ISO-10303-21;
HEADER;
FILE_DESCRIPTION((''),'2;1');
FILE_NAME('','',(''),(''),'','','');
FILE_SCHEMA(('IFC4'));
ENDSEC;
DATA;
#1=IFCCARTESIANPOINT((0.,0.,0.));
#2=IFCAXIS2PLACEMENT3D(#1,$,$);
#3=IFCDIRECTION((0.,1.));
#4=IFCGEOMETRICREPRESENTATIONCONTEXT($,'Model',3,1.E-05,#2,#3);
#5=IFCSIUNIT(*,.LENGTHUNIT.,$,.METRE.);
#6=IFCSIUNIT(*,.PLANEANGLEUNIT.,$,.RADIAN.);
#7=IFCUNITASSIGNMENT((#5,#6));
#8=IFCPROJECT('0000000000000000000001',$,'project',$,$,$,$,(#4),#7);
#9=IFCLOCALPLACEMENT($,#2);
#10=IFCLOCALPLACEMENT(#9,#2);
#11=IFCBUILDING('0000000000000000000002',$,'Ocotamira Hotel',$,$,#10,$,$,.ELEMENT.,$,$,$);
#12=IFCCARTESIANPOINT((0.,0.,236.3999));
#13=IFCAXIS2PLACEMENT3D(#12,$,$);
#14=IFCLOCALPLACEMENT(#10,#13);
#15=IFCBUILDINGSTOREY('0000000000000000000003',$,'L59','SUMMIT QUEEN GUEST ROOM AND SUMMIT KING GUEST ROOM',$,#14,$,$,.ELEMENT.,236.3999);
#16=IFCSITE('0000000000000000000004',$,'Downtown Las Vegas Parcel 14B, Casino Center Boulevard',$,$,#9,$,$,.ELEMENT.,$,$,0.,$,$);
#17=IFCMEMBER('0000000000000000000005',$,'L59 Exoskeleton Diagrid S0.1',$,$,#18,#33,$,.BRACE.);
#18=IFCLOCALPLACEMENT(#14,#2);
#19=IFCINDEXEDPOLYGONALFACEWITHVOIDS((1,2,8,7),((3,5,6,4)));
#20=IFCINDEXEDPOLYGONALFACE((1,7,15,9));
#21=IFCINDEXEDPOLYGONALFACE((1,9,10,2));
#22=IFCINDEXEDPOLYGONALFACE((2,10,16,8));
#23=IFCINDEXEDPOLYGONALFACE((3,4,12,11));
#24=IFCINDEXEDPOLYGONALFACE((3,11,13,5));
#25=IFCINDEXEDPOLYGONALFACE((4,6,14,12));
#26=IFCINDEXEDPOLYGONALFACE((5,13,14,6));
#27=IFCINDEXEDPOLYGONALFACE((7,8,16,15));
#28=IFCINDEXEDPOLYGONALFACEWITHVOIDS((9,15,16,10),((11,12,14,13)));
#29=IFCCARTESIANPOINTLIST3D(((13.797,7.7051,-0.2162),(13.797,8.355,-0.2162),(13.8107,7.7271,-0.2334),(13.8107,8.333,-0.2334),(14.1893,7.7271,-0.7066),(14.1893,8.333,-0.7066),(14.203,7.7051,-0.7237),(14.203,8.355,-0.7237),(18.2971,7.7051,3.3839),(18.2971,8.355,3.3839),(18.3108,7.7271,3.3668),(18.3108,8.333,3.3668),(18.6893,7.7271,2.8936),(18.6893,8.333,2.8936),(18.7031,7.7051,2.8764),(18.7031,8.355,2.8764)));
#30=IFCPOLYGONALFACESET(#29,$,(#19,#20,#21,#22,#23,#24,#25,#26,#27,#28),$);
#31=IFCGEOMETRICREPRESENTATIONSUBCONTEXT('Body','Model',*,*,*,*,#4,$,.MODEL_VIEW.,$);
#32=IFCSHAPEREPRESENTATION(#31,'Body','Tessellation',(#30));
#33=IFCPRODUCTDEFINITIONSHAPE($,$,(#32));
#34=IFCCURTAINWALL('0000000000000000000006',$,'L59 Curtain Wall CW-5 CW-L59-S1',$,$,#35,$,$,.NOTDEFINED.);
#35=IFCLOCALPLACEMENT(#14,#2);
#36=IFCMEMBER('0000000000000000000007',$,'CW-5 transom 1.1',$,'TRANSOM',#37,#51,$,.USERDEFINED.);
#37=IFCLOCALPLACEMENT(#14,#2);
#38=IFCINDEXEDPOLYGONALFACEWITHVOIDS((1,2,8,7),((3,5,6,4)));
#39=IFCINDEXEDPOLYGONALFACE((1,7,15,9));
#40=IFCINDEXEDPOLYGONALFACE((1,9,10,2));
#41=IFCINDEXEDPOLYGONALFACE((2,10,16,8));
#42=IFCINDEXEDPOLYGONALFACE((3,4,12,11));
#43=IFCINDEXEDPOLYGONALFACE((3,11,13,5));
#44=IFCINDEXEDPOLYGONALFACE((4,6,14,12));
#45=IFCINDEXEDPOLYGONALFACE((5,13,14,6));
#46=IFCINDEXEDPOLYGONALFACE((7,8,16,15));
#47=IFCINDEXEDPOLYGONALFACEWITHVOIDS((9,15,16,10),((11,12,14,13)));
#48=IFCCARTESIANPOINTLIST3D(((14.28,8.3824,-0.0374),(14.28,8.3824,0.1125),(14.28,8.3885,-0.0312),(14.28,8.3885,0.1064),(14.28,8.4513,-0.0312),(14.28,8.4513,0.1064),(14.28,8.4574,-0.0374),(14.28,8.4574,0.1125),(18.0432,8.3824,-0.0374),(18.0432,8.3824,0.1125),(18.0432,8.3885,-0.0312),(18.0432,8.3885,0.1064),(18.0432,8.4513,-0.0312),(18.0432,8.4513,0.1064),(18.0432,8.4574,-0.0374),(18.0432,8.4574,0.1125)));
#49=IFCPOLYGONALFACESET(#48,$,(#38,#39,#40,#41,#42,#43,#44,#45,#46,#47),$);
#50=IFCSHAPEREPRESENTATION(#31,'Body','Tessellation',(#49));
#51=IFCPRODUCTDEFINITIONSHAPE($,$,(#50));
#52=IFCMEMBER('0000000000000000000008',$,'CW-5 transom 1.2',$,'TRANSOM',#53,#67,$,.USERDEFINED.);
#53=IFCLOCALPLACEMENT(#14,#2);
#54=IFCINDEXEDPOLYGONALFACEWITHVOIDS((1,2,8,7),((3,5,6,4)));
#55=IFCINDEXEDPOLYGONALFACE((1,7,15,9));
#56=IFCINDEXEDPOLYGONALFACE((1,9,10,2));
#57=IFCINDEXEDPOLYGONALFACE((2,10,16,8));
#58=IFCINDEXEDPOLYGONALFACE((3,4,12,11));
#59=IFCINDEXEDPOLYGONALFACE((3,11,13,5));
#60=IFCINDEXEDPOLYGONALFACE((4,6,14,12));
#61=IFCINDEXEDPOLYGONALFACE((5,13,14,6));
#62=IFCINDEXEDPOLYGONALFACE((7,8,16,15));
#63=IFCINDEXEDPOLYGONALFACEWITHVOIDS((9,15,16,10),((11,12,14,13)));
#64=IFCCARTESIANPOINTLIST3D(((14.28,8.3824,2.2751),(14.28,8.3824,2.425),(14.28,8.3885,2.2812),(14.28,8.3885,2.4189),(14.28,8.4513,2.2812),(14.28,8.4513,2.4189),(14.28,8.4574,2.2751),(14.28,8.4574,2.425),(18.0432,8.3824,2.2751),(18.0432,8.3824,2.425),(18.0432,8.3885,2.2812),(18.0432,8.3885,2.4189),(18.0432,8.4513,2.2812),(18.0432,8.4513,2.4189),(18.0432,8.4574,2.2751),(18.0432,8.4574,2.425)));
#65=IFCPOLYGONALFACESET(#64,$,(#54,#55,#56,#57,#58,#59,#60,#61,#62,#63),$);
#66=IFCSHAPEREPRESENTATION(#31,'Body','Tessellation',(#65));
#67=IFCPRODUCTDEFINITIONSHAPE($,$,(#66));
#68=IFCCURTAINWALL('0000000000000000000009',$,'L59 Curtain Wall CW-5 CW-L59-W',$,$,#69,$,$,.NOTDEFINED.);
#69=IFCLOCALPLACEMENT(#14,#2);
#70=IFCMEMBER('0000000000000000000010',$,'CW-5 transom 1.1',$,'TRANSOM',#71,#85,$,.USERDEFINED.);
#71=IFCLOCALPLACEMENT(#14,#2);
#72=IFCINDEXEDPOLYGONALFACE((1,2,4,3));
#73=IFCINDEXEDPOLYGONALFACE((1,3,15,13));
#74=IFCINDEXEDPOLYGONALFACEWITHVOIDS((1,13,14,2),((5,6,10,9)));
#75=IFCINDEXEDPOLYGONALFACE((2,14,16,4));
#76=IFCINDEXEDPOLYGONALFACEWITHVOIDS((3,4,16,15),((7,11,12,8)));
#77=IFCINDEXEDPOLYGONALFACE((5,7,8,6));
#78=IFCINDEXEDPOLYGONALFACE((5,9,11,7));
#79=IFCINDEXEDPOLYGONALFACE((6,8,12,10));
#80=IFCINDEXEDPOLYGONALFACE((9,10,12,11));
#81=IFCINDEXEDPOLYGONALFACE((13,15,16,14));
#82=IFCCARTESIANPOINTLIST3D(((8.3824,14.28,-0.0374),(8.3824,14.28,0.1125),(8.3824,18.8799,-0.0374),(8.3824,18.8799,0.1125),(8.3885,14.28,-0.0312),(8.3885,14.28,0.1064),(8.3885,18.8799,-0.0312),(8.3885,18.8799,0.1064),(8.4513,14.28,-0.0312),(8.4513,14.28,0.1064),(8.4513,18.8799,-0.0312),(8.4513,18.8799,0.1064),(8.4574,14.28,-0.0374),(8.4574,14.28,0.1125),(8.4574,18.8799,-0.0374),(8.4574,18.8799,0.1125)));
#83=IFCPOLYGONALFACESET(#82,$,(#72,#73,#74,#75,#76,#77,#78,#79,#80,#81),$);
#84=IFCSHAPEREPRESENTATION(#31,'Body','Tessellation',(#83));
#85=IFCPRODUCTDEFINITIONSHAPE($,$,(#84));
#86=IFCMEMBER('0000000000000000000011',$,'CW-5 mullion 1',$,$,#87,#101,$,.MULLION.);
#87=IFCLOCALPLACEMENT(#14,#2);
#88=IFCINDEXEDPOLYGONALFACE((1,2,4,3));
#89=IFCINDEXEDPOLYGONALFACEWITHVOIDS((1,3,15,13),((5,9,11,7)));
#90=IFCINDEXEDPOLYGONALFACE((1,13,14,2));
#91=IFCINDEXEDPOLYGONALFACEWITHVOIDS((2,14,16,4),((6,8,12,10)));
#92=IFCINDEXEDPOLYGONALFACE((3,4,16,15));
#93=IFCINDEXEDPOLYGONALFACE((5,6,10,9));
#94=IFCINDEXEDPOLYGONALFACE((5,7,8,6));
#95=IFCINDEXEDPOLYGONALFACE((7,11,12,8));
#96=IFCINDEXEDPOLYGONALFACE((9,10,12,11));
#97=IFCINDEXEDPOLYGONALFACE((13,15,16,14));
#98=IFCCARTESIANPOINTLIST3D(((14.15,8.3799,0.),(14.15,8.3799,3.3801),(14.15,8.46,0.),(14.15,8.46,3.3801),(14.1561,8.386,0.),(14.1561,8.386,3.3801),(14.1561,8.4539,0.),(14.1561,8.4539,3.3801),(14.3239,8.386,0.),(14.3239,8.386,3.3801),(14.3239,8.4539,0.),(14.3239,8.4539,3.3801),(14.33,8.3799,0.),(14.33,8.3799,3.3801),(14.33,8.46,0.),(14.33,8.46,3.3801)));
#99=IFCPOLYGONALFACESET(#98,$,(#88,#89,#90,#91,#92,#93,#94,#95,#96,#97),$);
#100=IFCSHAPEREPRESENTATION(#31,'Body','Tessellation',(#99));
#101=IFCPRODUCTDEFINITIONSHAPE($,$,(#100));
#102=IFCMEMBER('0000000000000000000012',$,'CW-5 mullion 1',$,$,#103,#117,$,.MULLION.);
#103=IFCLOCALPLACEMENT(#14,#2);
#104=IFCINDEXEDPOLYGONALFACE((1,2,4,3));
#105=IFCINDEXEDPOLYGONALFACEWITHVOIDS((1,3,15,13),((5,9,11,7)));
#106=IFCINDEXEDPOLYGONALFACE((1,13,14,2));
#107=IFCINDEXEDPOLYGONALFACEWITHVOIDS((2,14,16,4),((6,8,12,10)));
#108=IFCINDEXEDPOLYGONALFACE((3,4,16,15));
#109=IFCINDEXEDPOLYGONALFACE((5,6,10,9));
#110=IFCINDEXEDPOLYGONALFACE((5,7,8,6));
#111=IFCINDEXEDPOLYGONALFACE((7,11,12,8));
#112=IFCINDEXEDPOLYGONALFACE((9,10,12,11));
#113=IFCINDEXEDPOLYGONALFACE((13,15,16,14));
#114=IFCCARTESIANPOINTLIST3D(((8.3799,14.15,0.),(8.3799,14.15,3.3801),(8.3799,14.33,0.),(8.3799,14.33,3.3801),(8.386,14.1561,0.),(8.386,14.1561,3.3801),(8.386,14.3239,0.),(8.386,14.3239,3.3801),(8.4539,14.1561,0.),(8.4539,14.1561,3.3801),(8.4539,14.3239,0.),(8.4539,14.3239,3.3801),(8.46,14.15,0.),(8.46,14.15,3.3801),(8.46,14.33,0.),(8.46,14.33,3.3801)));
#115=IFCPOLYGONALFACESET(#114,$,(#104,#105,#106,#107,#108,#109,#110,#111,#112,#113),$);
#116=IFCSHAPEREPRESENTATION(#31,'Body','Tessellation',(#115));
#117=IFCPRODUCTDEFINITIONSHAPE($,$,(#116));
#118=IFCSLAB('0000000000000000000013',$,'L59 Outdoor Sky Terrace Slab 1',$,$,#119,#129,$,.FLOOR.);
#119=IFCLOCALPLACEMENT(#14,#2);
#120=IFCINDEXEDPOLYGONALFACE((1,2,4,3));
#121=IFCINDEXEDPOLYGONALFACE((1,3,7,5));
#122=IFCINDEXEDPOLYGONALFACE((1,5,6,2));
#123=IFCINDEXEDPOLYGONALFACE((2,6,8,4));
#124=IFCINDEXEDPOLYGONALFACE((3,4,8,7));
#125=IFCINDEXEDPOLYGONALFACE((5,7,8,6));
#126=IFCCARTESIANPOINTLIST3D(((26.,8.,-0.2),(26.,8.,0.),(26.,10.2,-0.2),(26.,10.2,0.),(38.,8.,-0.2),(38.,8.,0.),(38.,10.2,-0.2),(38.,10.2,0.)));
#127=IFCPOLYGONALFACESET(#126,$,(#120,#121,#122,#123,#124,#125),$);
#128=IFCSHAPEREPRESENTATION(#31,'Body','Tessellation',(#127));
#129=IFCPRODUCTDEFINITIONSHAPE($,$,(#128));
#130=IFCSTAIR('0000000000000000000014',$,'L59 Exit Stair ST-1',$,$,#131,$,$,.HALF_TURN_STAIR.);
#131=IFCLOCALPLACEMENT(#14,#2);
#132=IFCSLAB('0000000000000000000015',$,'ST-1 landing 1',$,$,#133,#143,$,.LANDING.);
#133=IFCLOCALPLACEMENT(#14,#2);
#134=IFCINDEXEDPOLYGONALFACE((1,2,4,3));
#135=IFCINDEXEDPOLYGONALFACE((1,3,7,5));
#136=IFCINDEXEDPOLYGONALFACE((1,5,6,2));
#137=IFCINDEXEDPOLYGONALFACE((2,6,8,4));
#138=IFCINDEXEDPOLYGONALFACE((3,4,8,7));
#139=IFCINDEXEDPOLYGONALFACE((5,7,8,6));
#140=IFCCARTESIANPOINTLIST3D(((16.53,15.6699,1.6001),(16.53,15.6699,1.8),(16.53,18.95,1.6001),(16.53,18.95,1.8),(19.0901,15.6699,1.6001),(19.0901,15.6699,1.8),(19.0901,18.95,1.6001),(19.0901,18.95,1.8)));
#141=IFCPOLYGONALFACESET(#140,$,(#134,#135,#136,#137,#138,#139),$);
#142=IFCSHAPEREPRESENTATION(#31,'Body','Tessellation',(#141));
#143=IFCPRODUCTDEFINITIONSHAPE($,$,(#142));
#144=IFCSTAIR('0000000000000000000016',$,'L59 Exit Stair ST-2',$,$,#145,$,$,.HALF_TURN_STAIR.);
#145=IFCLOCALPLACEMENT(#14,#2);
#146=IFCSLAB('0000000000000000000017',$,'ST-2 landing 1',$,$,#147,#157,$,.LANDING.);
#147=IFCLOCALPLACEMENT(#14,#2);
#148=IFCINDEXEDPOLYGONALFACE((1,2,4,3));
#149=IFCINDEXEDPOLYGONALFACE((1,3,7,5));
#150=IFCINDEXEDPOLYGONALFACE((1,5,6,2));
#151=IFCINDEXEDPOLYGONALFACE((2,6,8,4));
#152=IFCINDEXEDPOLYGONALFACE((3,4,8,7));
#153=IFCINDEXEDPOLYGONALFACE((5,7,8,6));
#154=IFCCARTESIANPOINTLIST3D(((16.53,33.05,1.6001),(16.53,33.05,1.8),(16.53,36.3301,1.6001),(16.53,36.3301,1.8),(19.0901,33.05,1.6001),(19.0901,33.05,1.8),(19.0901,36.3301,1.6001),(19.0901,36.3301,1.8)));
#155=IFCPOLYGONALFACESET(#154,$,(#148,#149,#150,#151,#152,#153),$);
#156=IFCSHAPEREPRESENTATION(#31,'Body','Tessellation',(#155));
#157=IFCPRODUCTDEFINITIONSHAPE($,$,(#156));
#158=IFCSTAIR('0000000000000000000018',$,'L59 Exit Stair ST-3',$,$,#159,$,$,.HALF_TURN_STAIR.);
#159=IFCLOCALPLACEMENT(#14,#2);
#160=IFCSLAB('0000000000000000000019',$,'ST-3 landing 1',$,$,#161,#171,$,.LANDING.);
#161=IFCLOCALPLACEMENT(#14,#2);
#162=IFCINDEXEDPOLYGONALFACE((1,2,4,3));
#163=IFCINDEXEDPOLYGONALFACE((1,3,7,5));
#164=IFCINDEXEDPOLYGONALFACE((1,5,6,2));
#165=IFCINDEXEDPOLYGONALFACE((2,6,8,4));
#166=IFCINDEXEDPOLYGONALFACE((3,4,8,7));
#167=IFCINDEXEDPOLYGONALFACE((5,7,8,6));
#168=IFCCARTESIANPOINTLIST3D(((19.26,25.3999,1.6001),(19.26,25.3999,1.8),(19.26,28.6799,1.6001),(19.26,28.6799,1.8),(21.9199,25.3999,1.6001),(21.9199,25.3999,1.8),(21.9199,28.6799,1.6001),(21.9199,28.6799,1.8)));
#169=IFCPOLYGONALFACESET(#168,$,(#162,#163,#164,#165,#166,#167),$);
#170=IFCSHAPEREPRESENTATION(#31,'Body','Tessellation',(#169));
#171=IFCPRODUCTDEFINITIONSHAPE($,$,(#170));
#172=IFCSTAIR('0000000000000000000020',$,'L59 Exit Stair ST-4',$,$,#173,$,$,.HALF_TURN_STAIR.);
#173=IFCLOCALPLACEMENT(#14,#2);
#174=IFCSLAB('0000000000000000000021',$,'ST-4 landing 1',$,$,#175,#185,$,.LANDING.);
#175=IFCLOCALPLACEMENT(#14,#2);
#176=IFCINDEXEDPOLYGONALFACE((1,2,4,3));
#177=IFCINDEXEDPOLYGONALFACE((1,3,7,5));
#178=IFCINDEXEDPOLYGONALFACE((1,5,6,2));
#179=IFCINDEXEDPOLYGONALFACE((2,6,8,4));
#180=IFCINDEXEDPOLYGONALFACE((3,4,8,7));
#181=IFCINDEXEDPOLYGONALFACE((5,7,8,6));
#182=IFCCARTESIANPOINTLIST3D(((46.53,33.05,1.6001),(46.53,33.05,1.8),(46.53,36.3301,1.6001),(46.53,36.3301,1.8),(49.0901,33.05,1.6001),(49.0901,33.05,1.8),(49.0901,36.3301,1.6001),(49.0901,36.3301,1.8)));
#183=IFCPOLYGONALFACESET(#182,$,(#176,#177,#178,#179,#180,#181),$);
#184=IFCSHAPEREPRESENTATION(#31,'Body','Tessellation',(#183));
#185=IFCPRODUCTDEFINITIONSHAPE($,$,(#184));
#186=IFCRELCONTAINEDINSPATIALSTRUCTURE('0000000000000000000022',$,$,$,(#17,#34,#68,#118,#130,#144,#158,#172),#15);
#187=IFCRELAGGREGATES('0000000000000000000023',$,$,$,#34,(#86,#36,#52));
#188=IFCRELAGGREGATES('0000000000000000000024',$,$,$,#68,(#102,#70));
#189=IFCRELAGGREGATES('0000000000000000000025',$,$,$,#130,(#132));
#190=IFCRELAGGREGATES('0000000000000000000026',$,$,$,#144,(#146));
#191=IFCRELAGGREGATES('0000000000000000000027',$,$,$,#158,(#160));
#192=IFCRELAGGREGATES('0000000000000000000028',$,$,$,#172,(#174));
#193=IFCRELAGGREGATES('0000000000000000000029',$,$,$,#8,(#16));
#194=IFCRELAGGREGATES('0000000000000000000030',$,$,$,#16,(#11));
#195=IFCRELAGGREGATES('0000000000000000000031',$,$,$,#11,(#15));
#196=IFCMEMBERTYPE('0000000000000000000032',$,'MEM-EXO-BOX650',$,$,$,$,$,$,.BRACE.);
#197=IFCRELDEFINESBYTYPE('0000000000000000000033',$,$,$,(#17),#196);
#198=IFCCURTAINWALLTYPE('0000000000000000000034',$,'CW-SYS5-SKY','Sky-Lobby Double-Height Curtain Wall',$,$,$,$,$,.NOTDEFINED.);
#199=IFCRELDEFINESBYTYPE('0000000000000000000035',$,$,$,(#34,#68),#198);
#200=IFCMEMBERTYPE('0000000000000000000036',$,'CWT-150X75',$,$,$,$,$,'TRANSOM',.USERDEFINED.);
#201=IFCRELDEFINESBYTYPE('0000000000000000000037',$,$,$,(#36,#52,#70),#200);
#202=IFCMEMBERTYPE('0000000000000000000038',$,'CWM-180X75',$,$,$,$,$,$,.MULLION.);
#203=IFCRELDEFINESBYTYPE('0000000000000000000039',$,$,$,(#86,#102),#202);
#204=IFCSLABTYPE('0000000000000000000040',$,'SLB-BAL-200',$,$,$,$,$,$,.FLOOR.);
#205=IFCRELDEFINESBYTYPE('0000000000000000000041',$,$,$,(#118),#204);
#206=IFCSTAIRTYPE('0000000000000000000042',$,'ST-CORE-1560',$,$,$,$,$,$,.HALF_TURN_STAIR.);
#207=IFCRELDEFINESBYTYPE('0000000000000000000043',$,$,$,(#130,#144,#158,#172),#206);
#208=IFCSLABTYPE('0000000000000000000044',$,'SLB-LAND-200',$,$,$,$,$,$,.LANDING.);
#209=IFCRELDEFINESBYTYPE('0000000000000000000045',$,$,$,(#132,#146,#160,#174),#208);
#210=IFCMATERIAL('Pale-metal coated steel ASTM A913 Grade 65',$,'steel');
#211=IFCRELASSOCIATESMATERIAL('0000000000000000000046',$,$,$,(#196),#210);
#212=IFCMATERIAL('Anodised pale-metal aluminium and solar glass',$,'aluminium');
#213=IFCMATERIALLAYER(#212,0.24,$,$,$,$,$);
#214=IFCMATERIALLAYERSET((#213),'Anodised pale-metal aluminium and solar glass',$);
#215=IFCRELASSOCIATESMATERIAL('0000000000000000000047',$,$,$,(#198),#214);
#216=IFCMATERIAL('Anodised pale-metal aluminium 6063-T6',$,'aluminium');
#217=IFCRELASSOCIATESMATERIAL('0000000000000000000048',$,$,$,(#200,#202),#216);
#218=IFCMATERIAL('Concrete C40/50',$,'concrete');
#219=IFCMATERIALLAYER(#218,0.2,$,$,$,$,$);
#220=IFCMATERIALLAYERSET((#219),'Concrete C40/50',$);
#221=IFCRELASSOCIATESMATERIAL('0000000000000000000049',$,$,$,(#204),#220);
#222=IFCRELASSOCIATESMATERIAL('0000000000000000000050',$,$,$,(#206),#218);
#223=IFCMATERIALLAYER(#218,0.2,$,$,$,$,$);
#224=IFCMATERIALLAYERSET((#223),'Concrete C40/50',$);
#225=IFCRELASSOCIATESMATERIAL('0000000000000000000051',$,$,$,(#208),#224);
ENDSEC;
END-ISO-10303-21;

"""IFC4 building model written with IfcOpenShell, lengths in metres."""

from ifc_helpers import new_model, si_unit, direction, frame, origin, origin_2d, place, context, subcontext, project, spatial, polyline, hollow_rectangle, outline, extrude, source, transform, mapped, material, layer, layer_set, material_profile, profile_set, type_object, element, aggregate, save


model = new_model("IFC4")

# Units and contexts
model_context = context("Model", 3, precision=1e-05, world=origin(), true_north=direction((0.0, 1.0)))
body_context = subcontext(model_context, "Body", "Model", "MODEL_VIEW")
ifc_project = project(units=[si_unit("LENGTHUNIT", "METRE"), si_unit("PLANEANGLEUNIT", "RADIAN")], contexts=[model_context])

# Site, building, storey
site_placement = place(None, origin())
site = spatial("IfcSite", under=ifc_project, at=site_placement, Name="Downtown Las Vegas Parcel 14B, Casino Center Boulevard", CompositionType="ELEMENT", RefElevation=0.0)
building_placement = place(site_placement, origin())
building = spatial("IfcBuilding", under=site, at=building_placement, Name="Ocotamira Hotel", CompositionType="ELEMENT")
storey_placement = place(building_placement, frame((0.0, 0.0, 236.3999)))
storey = spatial("IfcBuildingStorey", under=building, at=storey_placement, Name="L59", Description="SUMMIT QUEEN GUEST ROOM AND SUMMIT KING GUEST ROOM", CompositionType="ELEMENT", Elevation=236.3999)

# Member
ifc_material_1 = material(Name="Pale-metal coated steel ASTM A913 Grade 65", Category="steel")
ifc_material_profile_1 = material_profile(ifc_material_1, hollow_rectangle(XDim=0.6499, YDim=0.6499, WallThickness=0.022, at=origin_2d()), Name="BOX650X650X22")
ifc_profile_set_1 = profile_set([ifc_material_profile_1], Name="Pale-metal coated steel ASTM A913 Grade 65")
member_type_1 = type_object("IfcMemberType", Name="MEM-EXO-BOX650", PredefinedType="BRACE", material=ifc_profile_set_1)
shared_shape_1 = source(origin(), body_context, "Body", "SweptSolid", [
    extrude(hollow_rectangle(XDim=0.6499, YDim=0.6499, WallThickness=0.022, at=origin_2d()), origin(), (0.0, 0.0, 1.0), 5.7629),
])
member_1_placement = place(storey_placement, frame((14.0, 8.03, -0.47), z_axis=(0.780861, 0.0, 0.624705), x_axis=(0.0, 1.0, 0.0)))
element("IfcMember", 1, at=member_1_placement, inside=storey, type_object=member_type_1, Name="L59 Exoskeleton Diagrid S0.1", PredefinedType="BRACE", context=body_context, shape_type="MappedRepresentation", body=[
    mapped(shared_shape_1, transform((0.0, 0.0, 0.0), scale=1.0)),
])

# Curtain wall, members
ifc_material_2 = material(Name="Anodised pale-metal aluminium and solar glass", Category="aluminium")
ifc_layer_1 = layer(ifc_material_2, 0.24)
ifc_layer_set_1 = layer_set([ifc_layer_1], Name="Anodised pale-metal aluminium and solar glass")
curtain_wall_type = type_object("IfcCurtainWallType", Name="CW-SYS5-SKY", Description="Sky-Lobby Double-Height Curtain Wall", PredefinedType="NOTDEFINED", material=ifc_layer_set_1)
curtain_wall_1_placement = place(storey_placement, origin())
curtain_wall_1 = element("IfcCurtainWall", 2, at=curtain_wall_1_placement, inside=storey, type_object=curtain_wall_type, Name="L59 Curtain Wall CW-5 CW-L59-S1", PredefinedType="NOTDEFINED")
ifc_material_3 = material(Name="Anodised pale-metal aluminium 6063-T6", Category="aluminium")
ifc_material_profile_2 = material_profile(ifc_material_3, hollow_rectangle(XDim=0.075, YDim=0.1499, WallThickness=0.0061, at=origin_2d()), Name="HSS150X75X6")
ifc_profile_set_2 = profile_set([ifc_material_profile_2], Name="Anodised pale-metal aluminium 6063-T6")
member_type_2 = type_object("IfcMemberType", Name="CWT-150X75", ElementType="TRANSOM", PredefinedType="USERDEFINED", material=ifc_profile_set_2)
shared_shape_2 = source(origin(), body_context, "Body", "SweptSolid", [
    extrude(hollow_rectangle(XDim=0.075, YDim=0.1499, WallThickness=0.0061, at=origin_2d()), origin(), (0.0, 0.0, 1.0), 3.7632),
])
member_2_placement = place(storey_placement, frame((14.28, 8.4199, 0.0376), z_axis=(1.0, 0.0, 0.0), x_axis=(0.0, 1.0, 0.0)))
member_2 = element("IfcMember", 3, at=member_2_placement, type_object=member_type_2, Name="CW-5 transom 1.1", ObjectType="TRANSOM", PredefinedType="USERDEFINED", context=body_context, shape_type="MappedRepresentation", body=[
    mapped(shared_shape_2, transform((0.0, 0.0, 0.0), scale=1.0)),
])
member_3_placement = place(storey_placement, frame((14.28, 8.4199, 2.3501), z_axis=(1.0, 0.0, 0.0), x_axis=(0.0, 1.0, 0.0)))
member_3 = element("IfcMember", 4, at=member_3_placement, type_object=member_type_2, Name="CW-5 transom 1.2", ObjectType="TRANSOM", PredefinedType="USERDEFINED", context=body_context, shape_type="MappedRepresentation", body=[
    mapped(shared_shape_2, transform((0.0, 0.0, 0.0), scale=1.0)),
])

# Curtain wall, member
curtain_wall_2_placement = place(storey_placement, origin())
curtain_wall_2 = element("IfcCurtainWall", 5, at=curtain_wall_2_placement, inside=storey, type_object=curtain_wall_type, Name="L59 Curtain Wall CW-5 CW-L59-W", PredefinedType="NOTDEFINED")
shared_shape_3 = source(origin(), body_context, "Body", "SweptSolid", [
    extrude(hollow_rectangle(XDim=0.075, YDim=0.1499, WallThickness=0.0061, at=origin_2d()), origin(), (0.0, 0.0, 1.0), 4.5999),
])
member_4_placement = place(storey_placement, frame((8.4199, 14.28, 0.0376), z_axis=(0.0, 1.0, 0.0), x_axis=(-1.0, 0.0, 0.0)))
member_4 = element("IfcMember", 6, at=member_4_placement, type_object=member_type_2, Name="CW-5 transom 1.1", ObjectType="TRANSOM", PredefinedType="USERDEFINED", context=body_context, shape_type="MappedRepresentation", body=[
    mapped(shared_shape_3, transform((0.0, 0.0, 0.0), scale=1.0)),
])

# Members
ifc_material_profile_3 = material_profile(ifc_material_3, hollow_rectangle(XDim=0.0801, YDim=0.1799, WallThickness=0.0061, at=origin_2d()), Name="HSS180X80X6")
ifc_profile_set_3 = profile_set([ifc_material_profile_3], Name="Anodised pale-metal aluminium 6063-T6")
member_type_3 = type_object("IfcMemberType", Name="CWM-180X75", PredefinedType="MULLION", material=ifc_profile_set_3)
shared_shape_4 = source(origin(), body_context, "Body", "SweptSolid", [
    extrude(hollow_rectangle(XDim=0.0801, YDim=0.1799, WallThickness=0.0061, at=origin_2d()), origin(), (0.0, 0.0, 1.0), 3.3801),
])
member_5_placement = place(storey_placement, frame((14.24, 8.4199, 0.0), z_axis=(0.0, 0.0, 1.0), x_axis=(0.0, 1.0, 0.0)))
member_5 = element("IfcMember", 7, at=member_5_placement, type_object=member_type_3, Name="CW-5 mullion 1", PredefinedType="MULLION", context=body_context, shape_type="MappedRepresentation", body=[
    mapped(shared_shape_4, transform((0.0, 0.0, 0.0), scale=1.0)),
])
aggregate(curtain_wall_1, [member_5, member_2, member_3])
member_6_placement = place(storey_placement, frame((8.4199, 14.24, 0.0), z_axis=(0.0, 0.0, 1.0), x_axis=(-1.0, 0.0, 0.0)))
member_6 = element("IfcMember", 8, at=member_6_placement, type_object=member_type_3, Name="CW-5 mullion 1", PredefinedType="MULLION", context=body_context, shape_type="MappedRepresentation", body=[
    mapped(shared_shape_4, transform((0.0, 0.0, 0.0), scale=1.0)),
])
aggregate(curtain_wall_2, [member_6, member_4])

# Slab
ifc_material_4 = material(Name="Concrete C40/50", Category="concrete")
ifc_layer_2 = layer(ifc_material_4, 0.2)
ifc_layer_set_2 = layer_set([ifc_layer_2], Name="Concrete C40/50")
slab_type_1 = type_object("IfcSlabType", Name="SLB-BAL-200", PredefinedType="FLOOR", material=ifc_layer_set_2)
slab_1_placement = place(storey_placement, frame((0.0, 0.0, -0.2)))
element("IfcSlab", 9, at=slab_1_placement, inside=storey, type_object=slab_type_1, Name="L59 Outdoor Sky Terrace Slab 1", PredefinedType="FLOOR", context=body_context, shape_type="SweptSolid", body=[
    extrude(outline(polyline([(26.0, 8.0), (38.0, 8.0), (38.0, 10.2), (26.0, 10.2), (26.0, 8.0)])), origin(), (0.0, 0.0, 1.0), 0.2),
])

# Stairs, slabs
stair_type = type_object("IfcStairType", Name="ST-CORE-1560", PredefinedType="HALF_TURN_STAIR", material=ifc_material_4)
stair_1_placement = place(storey_placement, origin())
stair_1 = element("IfcStair", 10, at=stair_1_placement, inside=storey, type_object=stair_type, Name="L59 Exit Stair ST-1", PredefinedType="HALF_TURN_STAIR")
ifc_layer_3 = layer(ifc_material_4, 0.2)
ifc_layer_set_3 = layer_set([ifc_layer_3], Name="Concrete C40/50")
slab_type_2 = type_object("IfcSlabType", Name="SLB-LAND-200", PredefinedType="LANDING", material=ifc_layer_set_3)
slab_2_placement = place(storey_placement, frame((0.0, 0.0, 1.6001)))
slab_2 = element("IfcSlab", 11, at=slab_2_placement, type_object=slab_type_2, Name="ST-1 landing 1", PredefinedType="LANDING", context=body_context, shape_type="SweptSolid", body=[
    extrude(outline(polyline([(16.53, 15.6699), (19.0901, 15.6699), (19.0901, 18.95), (16.53, 18.95), (16.53, 15.6699)])), origin(), (0.0, 0.0, 1.0), 0.2),
])
aggregate(stair_1, [slab_2])
stair_2_placement = place(storey_placement, origin())
stair_2 = element("IfcStair", 12, at=stair_2_placement, inside=storey, type_object=stair_type, Name="L59 Exit Stair ST-2", PredefinedType="HALF_TURN_STAIR")
slab_3_placement = place(storey_placement, frame((0.0, 0.0, 1.6001)))
slab_3 = element("IfcSlab", 13, at=slab_3_placement, type_object=slab_type_2, Name="ST-2 landing 1", PredefinedType="LANDING", context=body_context, shape_type="SweptSolid", body=[
    extrude(outline(polyline([(16.53, 33.05), (19.0901, 33.05), (19.0901, 36.3301), (16.53, 36.3301), (16.53, 33.05)])), origin(), (0.0, 0.0, 1.0), 0.2),
])
aggregate(stair_2, [slab_3])
stair_3_placement = place(storey_placement, origin())
stair_3 = element("IfcStair", 14, at=stair_3_placement, inside=storey, type_object=stair_type, Name="L59 Exit Stair ST-3", PredefinedType="HALF_TURN_STAIR")
slab_4_placement = place(storey_placement, frame((0.0, 0.0, 1.6001)))
slab_4 = element("IfcSlab", 15, at=slab_4_placement, type_object=slab_type_2, Name="ST-3 landing 1", PredefinedType="LANDING", context=body_context, shape_type="SweptSolid", body=[
    extrude(outline(polyline([(19.26, 25.3999), (21.9199, 25.3999), (21.9199, 28.6799), (19.26, 28.6799), (19.26, 25.3999)])), origin(), (0.0, 0.0, 1.0), 0.2),
])
aggregate(stair_3, [slab_4])
stair_4_placement = place(storey_placement, origin())
stair_4 = element("IfcStair", 16, at=stair_4_placement, inside=storey, type_object=stair_type, Name="L59 Exit Stair ST-4", PredefinedType="HALF_TURN_STAIR")
slab_5_placement = place(storey_placement, frame((0.0, 0.0, 1.6001)))
slab_5 = element("IfcSlab", 17, at=slab_5_placement, type_object=slab_type_2, Name="ST-4 landing 1", PredefinedType="LANDING", context=body_context, shape_type="SweptSolid", body=[
    extrude(outline(polyline([(46.53, 33.05), (49.0901, 33.05), (49.0901, 36.3301), (46.53, 36.3301), (46.53, 33.05)])), origin(), (0.0, 0.0, 1.0), 0.2),
])
aggregate(stair_4, [slab_5])

save(model, "model.ifc")
